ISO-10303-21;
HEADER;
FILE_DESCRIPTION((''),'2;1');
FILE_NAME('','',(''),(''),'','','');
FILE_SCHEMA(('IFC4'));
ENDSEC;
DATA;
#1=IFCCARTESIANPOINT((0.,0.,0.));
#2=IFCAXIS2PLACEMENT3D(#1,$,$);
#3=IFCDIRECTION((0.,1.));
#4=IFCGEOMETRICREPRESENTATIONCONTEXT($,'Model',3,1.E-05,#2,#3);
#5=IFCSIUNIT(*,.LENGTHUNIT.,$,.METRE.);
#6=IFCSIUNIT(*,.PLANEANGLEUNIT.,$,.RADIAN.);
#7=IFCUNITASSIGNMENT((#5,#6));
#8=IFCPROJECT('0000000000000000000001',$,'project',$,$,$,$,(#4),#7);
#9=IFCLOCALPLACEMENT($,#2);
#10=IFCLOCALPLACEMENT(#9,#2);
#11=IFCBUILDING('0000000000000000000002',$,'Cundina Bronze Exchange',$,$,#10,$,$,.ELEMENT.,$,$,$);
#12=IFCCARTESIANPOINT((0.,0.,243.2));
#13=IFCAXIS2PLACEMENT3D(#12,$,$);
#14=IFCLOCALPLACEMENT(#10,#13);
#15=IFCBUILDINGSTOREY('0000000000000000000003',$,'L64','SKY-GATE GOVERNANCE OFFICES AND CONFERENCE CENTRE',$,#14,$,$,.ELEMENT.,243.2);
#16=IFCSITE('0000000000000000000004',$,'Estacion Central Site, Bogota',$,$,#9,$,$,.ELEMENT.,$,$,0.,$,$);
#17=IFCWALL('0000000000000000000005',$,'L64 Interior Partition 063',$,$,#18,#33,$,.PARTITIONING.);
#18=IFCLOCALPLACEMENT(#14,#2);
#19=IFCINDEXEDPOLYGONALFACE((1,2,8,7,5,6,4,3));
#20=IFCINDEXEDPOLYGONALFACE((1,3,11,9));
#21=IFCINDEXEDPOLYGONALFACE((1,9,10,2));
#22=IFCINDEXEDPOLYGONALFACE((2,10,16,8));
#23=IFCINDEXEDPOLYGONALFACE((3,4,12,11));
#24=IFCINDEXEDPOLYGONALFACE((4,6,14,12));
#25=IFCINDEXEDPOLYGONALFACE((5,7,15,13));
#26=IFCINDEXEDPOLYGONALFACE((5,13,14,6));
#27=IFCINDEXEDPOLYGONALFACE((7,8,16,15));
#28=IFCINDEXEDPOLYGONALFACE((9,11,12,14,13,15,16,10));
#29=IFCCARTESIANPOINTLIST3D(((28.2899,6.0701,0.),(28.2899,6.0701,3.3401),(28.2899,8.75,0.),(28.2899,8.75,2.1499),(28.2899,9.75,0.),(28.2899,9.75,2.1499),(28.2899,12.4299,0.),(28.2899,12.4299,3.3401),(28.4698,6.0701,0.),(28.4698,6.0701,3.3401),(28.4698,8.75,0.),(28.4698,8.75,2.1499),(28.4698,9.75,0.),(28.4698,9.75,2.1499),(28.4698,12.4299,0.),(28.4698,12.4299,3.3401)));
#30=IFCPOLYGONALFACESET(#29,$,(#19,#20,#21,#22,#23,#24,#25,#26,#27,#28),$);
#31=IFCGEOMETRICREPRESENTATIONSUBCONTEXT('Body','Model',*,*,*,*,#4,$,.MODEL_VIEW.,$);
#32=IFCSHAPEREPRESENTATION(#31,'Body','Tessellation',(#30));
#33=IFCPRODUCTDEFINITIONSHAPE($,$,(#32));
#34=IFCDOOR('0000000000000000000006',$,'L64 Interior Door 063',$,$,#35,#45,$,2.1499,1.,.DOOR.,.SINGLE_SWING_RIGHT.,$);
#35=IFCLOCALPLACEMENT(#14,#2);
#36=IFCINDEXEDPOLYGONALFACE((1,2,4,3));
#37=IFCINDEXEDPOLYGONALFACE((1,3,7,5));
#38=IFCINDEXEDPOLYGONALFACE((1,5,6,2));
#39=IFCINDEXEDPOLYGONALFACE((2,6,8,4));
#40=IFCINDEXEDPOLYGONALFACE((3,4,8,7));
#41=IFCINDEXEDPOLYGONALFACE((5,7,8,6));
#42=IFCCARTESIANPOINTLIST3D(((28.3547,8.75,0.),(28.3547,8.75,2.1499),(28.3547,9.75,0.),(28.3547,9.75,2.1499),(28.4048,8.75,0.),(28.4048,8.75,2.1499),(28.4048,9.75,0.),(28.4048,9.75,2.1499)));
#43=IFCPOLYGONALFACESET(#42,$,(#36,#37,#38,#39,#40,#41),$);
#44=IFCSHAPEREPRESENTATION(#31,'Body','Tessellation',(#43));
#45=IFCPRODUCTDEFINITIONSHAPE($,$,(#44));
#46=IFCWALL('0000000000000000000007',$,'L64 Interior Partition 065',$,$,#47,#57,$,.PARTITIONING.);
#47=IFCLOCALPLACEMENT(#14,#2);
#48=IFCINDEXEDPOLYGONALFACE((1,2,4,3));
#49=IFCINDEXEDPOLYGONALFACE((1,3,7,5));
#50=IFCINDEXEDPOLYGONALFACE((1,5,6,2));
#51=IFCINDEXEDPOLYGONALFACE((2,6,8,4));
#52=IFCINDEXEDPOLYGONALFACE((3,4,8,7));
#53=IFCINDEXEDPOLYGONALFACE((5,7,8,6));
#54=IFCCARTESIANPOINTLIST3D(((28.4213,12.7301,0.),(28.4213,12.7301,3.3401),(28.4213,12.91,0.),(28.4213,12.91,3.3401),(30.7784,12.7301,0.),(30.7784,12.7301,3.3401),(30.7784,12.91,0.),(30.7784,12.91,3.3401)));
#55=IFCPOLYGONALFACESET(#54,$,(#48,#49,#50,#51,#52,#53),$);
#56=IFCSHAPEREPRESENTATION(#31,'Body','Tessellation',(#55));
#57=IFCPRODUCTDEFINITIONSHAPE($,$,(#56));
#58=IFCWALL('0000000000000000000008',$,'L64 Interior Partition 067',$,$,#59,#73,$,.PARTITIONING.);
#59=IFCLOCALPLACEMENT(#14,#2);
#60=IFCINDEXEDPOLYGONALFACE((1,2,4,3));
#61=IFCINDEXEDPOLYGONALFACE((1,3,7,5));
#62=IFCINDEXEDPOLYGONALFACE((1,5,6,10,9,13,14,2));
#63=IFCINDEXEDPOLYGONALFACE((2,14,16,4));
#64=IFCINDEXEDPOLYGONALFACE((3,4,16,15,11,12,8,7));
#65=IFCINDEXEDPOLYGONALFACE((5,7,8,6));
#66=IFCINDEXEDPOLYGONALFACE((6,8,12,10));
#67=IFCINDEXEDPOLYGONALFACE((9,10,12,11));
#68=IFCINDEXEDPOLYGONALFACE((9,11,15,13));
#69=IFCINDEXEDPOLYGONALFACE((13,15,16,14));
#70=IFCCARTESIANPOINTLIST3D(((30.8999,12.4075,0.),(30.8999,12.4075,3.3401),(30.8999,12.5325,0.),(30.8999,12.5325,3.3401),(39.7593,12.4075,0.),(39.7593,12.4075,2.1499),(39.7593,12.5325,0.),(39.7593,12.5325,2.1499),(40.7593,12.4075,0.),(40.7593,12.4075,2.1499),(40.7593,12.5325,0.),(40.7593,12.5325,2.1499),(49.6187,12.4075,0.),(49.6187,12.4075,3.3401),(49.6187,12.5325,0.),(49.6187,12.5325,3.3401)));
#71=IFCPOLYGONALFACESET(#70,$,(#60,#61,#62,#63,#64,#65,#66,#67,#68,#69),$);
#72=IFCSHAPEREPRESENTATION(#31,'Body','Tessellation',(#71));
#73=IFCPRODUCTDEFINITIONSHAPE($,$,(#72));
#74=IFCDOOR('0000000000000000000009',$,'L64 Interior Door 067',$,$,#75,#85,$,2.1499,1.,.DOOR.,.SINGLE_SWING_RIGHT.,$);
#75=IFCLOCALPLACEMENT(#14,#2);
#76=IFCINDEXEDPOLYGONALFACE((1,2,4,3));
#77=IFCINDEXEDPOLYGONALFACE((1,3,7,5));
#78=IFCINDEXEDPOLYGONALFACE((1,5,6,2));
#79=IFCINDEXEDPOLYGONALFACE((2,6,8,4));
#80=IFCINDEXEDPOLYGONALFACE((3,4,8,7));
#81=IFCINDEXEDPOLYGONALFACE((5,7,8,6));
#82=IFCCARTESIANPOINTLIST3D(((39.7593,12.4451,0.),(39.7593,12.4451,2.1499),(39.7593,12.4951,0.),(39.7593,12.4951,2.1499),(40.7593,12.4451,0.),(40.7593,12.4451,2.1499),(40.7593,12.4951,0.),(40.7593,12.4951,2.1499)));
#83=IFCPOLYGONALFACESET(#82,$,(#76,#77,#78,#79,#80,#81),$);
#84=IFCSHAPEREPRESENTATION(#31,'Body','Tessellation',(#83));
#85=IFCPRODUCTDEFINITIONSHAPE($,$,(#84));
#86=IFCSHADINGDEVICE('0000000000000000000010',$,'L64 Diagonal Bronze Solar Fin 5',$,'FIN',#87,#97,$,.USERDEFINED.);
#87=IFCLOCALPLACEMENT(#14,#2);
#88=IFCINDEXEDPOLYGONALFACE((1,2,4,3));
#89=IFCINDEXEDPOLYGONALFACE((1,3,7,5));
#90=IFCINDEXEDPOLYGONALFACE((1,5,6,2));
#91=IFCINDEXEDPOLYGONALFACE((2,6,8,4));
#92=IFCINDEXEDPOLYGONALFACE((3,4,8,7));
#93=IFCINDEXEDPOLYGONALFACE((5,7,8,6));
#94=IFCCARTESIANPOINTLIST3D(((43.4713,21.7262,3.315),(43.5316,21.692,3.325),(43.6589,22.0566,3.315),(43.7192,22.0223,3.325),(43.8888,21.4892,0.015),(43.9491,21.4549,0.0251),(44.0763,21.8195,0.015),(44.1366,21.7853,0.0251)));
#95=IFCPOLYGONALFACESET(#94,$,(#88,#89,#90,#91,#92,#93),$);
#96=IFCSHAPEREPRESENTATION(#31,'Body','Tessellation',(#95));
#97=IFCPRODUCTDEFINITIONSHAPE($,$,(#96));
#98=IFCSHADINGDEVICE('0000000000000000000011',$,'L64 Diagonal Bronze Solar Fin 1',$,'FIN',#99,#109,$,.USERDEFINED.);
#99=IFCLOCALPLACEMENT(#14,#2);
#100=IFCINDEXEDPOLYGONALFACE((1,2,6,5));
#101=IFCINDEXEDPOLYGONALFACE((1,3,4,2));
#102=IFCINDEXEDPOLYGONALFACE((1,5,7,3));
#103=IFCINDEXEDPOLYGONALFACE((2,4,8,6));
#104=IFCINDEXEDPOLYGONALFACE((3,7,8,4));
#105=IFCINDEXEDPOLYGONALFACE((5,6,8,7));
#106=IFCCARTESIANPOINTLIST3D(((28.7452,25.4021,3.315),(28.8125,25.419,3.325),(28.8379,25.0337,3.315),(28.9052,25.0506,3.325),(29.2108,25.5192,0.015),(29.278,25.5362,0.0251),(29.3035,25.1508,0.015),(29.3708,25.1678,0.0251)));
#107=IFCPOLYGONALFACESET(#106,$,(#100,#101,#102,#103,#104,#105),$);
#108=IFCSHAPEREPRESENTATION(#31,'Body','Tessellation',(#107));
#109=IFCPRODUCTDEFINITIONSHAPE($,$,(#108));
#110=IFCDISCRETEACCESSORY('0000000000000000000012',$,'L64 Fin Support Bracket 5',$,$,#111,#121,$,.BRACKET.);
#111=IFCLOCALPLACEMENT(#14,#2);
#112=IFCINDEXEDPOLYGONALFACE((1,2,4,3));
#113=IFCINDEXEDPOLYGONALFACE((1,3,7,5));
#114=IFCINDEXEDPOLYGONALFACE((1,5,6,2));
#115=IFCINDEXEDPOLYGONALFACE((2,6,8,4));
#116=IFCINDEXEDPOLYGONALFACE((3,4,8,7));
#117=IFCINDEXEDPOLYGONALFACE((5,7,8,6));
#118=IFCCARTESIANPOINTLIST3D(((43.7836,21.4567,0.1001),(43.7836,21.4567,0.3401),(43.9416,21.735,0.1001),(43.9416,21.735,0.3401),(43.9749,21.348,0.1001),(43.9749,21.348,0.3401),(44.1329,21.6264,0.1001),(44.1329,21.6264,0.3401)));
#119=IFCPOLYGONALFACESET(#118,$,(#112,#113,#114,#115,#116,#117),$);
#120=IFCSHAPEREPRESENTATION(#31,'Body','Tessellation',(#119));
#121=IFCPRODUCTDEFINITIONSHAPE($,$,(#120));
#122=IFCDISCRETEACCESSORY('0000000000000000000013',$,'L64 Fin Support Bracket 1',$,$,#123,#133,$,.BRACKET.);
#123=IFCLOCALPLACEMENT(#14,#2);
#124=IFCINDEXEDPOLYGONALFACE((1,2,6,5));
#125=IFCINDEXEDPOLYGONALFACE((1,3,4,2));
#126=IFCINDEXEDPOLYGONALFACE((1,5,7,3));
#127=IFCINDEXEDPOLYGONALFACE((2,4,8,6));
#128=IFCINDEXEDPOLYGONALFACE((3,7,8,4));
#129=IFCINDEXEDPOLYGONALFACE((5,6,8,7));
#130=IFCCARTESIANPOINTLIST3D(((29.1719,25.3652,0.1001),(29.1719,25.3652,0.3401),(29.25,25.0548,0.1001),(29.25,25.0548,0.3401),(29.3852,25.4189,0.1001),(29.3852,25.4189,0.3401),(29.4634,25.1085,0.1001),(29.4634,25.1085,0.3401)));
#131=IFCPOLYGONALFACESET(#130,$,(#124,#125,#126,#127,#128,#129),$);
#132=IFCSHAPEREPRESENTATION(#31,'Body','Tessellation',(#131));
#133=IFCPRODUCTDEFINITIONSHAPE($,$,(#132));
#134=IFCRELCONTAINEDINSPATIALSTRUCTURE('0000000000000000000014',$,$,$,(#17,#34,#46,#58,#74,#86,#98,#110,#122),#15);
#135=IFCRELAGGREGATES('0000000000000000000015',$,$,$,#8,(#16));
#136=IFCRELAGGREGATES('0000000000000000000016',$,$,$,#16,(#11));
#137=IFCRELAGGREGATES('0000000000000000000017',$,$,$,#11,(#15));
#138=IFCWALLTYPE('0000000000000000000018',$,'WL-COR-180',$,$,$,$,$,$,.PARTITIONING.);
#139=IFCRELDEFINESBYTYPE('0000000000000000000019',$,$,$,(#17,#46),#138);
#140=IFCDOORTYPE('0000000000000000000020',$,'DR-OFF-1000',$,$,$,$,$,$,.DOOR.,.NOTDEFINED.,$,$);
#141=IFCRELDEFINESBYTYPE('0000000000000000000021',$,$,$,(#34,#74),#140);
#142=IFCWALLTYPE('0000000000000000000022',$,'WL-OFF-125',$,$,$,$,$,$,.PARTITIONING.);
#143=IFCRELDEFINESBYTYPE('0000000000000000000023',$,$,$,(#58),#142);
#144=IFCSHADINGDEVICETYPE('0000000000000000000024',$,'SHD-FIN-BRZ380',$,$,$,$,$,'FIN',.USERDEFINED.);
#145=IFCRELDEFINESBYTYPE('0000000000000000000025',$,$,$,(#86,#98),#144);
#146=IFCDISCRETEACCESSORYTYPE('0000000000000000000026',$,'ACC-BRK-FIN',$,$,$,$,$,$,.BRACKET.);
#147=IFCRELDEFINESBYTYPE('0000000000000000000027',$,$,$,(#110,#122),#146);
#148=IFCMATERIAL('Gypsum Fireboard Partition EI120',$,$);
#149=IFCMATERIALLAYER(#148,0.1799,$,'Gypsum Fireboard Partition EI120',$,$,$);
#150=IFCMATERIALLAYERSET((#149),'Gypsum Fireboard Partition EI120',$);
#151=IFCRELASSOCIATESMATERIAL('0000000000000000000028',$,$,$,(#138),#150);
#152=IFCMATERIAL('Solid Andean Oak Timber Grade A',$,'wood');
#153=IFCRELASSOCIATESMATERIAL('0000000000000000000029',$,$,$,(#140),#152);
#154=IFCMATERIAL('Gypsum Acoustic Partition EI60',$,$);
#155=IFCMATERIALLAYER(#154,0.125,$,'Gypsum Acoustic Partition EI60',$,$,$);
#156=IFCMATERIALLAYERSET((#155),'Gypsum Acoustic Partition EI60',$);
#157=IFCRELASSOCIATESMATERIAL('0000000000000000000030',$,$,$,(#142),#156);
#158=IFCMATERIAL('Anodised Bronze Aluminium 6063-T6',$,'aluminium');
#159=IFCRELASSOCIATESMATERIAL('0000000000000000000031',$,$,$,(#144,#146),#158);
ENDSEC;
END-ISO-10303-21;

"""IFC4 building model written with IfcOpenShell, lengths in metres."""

from ifc_helpers import new_model, si_unit, direction, frame, frame_2d, origin, origin_2d, place, context, subcontext, project, spatial, rectangle, extrude, material, layer, layer_set, material_profile, profile_set, type_object, element, fill, save


model = new_model("IFC4")

# Units and contexts
model_context = context("Model", 3, precision=1e-05, world=origin(), true_north=direction((0.0, 1.0)))
body_context = subcontext(model_context, "Body", "Model", "MODEL_VIEW")
ifc_project = project(units=[si_unit("LENGTHUNIT", "METRE"), si_unit("PLANEANGLEUNIT", "RADIAN")], contexts=[model_context])

# Site, building, storey
site_placement = place(None, origin())
site = spatial("IfcSite", under=ifc_project, at=site_placement, Name="Estacion Central Site, Bogota", CompositionType="ELEMENT", RefElevation=0.0)
building_placement = place(site_placement, origin())
building = spatial("IfcBuilding", under=site, at=building_placement, Name="Cundina Bronze Exchange", CompositionType="ELEMENT")
storey_placement = place(building_placement, frame((0.0, 0.0, 243.2)))
storey = spatial("IfcBuildingStorey", under=building, at=storey_placement, Name="L64", Description="SKY-GATE GOVERNANCE OFFICES AND CONFERENCE CENTRE", CompositionType="ELEMENT", Elevation=243.2)

# Shared definitions
ifc_material_1 = material(Name="Anodised Bronze Aluminium 6063-T6", Category="aluminium")

# Wall, opening, door
ifc_material_2 = material(Name="Gypsum Fireboard Partition EI120")
ifc_layer_1 = layer(ifc_material_2, 0.1799, Name="Gypsum Fireboard Partition EI120")
ifc_layer_set_1 = layer_set([ifc_layer_1], Name="Gypsum Fireboard Partition EI120")
wall_type_1 = type_object("IfcWallType", Name="WL-COR-180", PredefinedType="PARTITIONING", material=ifc_layer_set_1)
wall_1_placement = place(storey_placement, frame((28.3799, 12.4299, 0.0), z_axis=(0.0, 0.0, 1.0), x_axis=(0.0, -1.0, 0.0)))
wall_1 = element("IfcWall", 1, at=wall_1_placement, inside=storey, type_object=wall_type_1, Name="L64 Interior Partition 063", PredefinedType="PARTITIONING", context=body_context, shape_type="SweptSolid", body=[
    extrude(rectangle(XDim=6.3599, YDim=0.1799, at=frame_2d((3.1799, 0.0))), origin(), (0.0, 0.0, 1.0), 3.3401),
])
opening_1_placement = place(wall_1_placement, frame((2.6799, 0.0, 0.0)))
opening_1 = element("IfcOpeningElement", 2, at=opening_1_placement, cuts=wall_1, PredefinedType="OPENING", context=body_context, shape_type="SweptSolid", body=[
    extrude(rectangle(XDim=1.0, YDim=2.1499, at=frame_2d((0.5, 1.075))), frame((0.0, 0.0999, 0.0), z_axis=(0.0, -1.0, 0.0), x_axis=(1.0, 0.0, 0.0)), (0.0, 0.0, 1.0), 0.2),
])
ifc_material_3 = material(Name="Solid Andean Oak Timber Grade A", Category="wood")
door_type = type_object("IfcDoorType", Name="DR-OFF-1000", OperationType="NOTDEFINED", PredefinedType="DOOR", material=ifc_material_3)
door_1_placement = place(opening_1_placement, origin())
door_1 = element("IfcDoor", 3, at=door_1_placement, inside=storey, type_object=door_type, Name="L64 Interior Door 063", OperationType="SINGLE_SWING_RIGHT", OverallHeight=2.1499, OverallWidth=1.0, PredefinedType="DOOR", context=body_context, shape_type="SweptSolid", body=[
    extrude(rectangle(XDim=1.0, YDim=2.1499, at=frame_2d((0.5, 1.075))), frame((0.0, 0.0249, 0.0), z_axis=(0.0, -1.0, 0.0), x_axis=(1.0, 0.0, 0.0)), (0.0, 0.0, 1.0), 0.05),
])
fill(opening_1, door_1)

# Wall
wall_2_placement = place(storey_placement, frame((30.7786, 12.8201, 0.0), z_axis=(0.0, 0.0, 1.0), x_axis=(-1.0, 0.0, 0.0)))
element("IfcWall", 4, at=wall_2_placement, inside=storey, type_object=wall_type_1, Name="L64 Interior Partition 065", PredefinedType="PARTITIONING", context=body_context, shape_type="SweptSolid", body=[
    extrude(rectangle(XDim=2.3572, YDim=0.1799, at=frame_2d((1.1787, 0.0))), origin(), (0.0, 0.0, 1.0), 3.3401),
])

# Wall, opening, door
ifc_material_4 = material(Name="Gypsum Acoustic Partition EI60")
ifc_layer_2 = layer(ifc_material_4, 0.125, Name="Gypsum Acoustic Partition EI60")
ifc_layer_set_2 = layer_set([ifc_layer_2], Name="Gypsum Acoustic Partition EI60")
wall_type_2 = type_object("IfcWallType", Name="WL-OFF-125", PredefinedType="PARTITIONING", material=ifc_layer_set_2)
wall_3_placement = place(storey_placement, frame((49.6187, 12.47, 0.0), z_axis=(0.0, 0.0, 1.0), x_axis=(-1.0, 0.0, 0.0)))
wall_3 = element("IfcWall", 5, at=wall_3_placement, inside=storey, type_object=wall_type_2, Name="L64 Interior Partition 067", PredefinedType="PARTITIONING", context=body_context, shape_type="SweptSolid", body=[
    extrude(rectangle(XDim=18.7188, YDim=0.125, at=frame_2d((9.3594, 0.0))), origin(), (0.0, 0.0, 1.0), 3.3401),
])
opening_2_placement = place(wall_3_placement, frame((8.8594, 0.0, 0.0)))
opening_2 = element("IfcOpeningElement", 6, at=opening_2_placement, cuts=wall_3, PredefinedType="OPENING", context=body_context, shape_type="SweptSolid", body=[
    extrude(rectangle(XDim=1.0, YDim=2.1499, at=frame_2d((0.5, 1.075))), frame((0.0, 0.0725, 0.0), z_axis=(0.0, -1.0, 0.0), x_axis=(1.0, 0.0, 0.0)), (0.0, 0.0, 1.0), 0.145),
])
door_2_placement = place(opening_2_placement, origin())
door_2 = element("IfcDoor", 7, at=door_2_placement, inside=storey, type_object=door_type, Name="L64 Interior Door 067", OperationType="SINGLE_SWING_RIGHT", OverallHeight=2.1499, OverallWidth=1.0, PredefinedType="DOOR", context=body_context, shape_type="SweptSolid", body=[
    extrude(rectangle(XDim=1.0, YDim=2.1499, at=frame_2d((0.5, 1.075))), frame((0.0, 0.0249, 0.0), z_axis=(0.0, -1.0, 0.0), x_axis=(1.0, 0.0, 0.0)), (0.0, 0.0, 1.0), 0.05),
])
fill(opening_2, door_2)

# Shading devices
ifc_material_profile_1 = material_profile(ifc_material_1, rectangle(XDim=0.0701, YDim=0.3799, at=origin_2d()), Name="FIN70X380", Category="aluminium")
ifc_profile_set_1 = profile_set([ifc_material_profile_1], Name="Anodised Bronze Aluminium 6063-T6")
shading_device_type = type_object("IfcShadingDeviceType", Name="SHD-FIN-BRZ380", ElementType="FIN", PredefinedType="USERDEFINED", material=ifc_profile_set_1)
for number, where, z_axis, x_axis, name in (
    (8, (44.0127, 21.6372, 0.02), (-0.12519, 0.071087, 0.989583), (0.860527, -0.488638, 0.143965), "L64 Diagonal Bronze Solar Fin 5"),
    (9, (29.2908, 25.3435, 0.02), (-0.139612, -0.035141, 0.989583), (0.95965, 0.241548, 0.143967), "L64 Diagonal Bronze Solar Fin 1"),
):
    element("IfcShadingDevice", number, at=place(storey_placement, frame(where, z_axis=z_axis, x_axis=x_axis)), inside=storey, type_object=shading_device_type, Name=name, ObjectType="FIN", PredefinedType="USERDEFINED", context=body_context, shape_type="SweptSolid", body=[
        extrude(rectangle(XDim=0.0701, YDim=0.3799, at=origin_2d()), origin(), (0.0, 0.0, 1.0), 3.3347),
    ])

# Discrete accessories
discrete_accessory_type = type_object("IfcDiscreteAccessoryType", Name="ACC-BRK-FIN", PredefinedType="BRACKET", material=ifc_material_1)
for number, where, z_axis, x_axis, name in (
    (10, (43.9583, 21.5415, 0.1001), (0.0, 0.0, 1.0), (-0.869573, 0.493805, 0.0), "L64 Fin Support Bracket 5"),
    (11, (29.3176, 25.2368, 0.1001), (0.0, 0.0, 1.0), (-0.969732, -0.244174, 0.0), "L64 Fin Support Bracket 1"),
):
    element("IfcDiscreteAccessory", number, at=place(storey_placement, frame(where, z_axis=z_axis, x_axis=x_axis)), inside=storey, type_object=discrete_accessory_type, Name=name, PredefinedType="BRACKET", context=body_context, shape_type="SweptSolid", body=[
        extrude(rectangle(XDim=0.22, YDim=0.3201, at=origin_2d()), origin(), (0.0, 0.0, 1.0), 0.24),
    ])

save(model, "model.ifc")
